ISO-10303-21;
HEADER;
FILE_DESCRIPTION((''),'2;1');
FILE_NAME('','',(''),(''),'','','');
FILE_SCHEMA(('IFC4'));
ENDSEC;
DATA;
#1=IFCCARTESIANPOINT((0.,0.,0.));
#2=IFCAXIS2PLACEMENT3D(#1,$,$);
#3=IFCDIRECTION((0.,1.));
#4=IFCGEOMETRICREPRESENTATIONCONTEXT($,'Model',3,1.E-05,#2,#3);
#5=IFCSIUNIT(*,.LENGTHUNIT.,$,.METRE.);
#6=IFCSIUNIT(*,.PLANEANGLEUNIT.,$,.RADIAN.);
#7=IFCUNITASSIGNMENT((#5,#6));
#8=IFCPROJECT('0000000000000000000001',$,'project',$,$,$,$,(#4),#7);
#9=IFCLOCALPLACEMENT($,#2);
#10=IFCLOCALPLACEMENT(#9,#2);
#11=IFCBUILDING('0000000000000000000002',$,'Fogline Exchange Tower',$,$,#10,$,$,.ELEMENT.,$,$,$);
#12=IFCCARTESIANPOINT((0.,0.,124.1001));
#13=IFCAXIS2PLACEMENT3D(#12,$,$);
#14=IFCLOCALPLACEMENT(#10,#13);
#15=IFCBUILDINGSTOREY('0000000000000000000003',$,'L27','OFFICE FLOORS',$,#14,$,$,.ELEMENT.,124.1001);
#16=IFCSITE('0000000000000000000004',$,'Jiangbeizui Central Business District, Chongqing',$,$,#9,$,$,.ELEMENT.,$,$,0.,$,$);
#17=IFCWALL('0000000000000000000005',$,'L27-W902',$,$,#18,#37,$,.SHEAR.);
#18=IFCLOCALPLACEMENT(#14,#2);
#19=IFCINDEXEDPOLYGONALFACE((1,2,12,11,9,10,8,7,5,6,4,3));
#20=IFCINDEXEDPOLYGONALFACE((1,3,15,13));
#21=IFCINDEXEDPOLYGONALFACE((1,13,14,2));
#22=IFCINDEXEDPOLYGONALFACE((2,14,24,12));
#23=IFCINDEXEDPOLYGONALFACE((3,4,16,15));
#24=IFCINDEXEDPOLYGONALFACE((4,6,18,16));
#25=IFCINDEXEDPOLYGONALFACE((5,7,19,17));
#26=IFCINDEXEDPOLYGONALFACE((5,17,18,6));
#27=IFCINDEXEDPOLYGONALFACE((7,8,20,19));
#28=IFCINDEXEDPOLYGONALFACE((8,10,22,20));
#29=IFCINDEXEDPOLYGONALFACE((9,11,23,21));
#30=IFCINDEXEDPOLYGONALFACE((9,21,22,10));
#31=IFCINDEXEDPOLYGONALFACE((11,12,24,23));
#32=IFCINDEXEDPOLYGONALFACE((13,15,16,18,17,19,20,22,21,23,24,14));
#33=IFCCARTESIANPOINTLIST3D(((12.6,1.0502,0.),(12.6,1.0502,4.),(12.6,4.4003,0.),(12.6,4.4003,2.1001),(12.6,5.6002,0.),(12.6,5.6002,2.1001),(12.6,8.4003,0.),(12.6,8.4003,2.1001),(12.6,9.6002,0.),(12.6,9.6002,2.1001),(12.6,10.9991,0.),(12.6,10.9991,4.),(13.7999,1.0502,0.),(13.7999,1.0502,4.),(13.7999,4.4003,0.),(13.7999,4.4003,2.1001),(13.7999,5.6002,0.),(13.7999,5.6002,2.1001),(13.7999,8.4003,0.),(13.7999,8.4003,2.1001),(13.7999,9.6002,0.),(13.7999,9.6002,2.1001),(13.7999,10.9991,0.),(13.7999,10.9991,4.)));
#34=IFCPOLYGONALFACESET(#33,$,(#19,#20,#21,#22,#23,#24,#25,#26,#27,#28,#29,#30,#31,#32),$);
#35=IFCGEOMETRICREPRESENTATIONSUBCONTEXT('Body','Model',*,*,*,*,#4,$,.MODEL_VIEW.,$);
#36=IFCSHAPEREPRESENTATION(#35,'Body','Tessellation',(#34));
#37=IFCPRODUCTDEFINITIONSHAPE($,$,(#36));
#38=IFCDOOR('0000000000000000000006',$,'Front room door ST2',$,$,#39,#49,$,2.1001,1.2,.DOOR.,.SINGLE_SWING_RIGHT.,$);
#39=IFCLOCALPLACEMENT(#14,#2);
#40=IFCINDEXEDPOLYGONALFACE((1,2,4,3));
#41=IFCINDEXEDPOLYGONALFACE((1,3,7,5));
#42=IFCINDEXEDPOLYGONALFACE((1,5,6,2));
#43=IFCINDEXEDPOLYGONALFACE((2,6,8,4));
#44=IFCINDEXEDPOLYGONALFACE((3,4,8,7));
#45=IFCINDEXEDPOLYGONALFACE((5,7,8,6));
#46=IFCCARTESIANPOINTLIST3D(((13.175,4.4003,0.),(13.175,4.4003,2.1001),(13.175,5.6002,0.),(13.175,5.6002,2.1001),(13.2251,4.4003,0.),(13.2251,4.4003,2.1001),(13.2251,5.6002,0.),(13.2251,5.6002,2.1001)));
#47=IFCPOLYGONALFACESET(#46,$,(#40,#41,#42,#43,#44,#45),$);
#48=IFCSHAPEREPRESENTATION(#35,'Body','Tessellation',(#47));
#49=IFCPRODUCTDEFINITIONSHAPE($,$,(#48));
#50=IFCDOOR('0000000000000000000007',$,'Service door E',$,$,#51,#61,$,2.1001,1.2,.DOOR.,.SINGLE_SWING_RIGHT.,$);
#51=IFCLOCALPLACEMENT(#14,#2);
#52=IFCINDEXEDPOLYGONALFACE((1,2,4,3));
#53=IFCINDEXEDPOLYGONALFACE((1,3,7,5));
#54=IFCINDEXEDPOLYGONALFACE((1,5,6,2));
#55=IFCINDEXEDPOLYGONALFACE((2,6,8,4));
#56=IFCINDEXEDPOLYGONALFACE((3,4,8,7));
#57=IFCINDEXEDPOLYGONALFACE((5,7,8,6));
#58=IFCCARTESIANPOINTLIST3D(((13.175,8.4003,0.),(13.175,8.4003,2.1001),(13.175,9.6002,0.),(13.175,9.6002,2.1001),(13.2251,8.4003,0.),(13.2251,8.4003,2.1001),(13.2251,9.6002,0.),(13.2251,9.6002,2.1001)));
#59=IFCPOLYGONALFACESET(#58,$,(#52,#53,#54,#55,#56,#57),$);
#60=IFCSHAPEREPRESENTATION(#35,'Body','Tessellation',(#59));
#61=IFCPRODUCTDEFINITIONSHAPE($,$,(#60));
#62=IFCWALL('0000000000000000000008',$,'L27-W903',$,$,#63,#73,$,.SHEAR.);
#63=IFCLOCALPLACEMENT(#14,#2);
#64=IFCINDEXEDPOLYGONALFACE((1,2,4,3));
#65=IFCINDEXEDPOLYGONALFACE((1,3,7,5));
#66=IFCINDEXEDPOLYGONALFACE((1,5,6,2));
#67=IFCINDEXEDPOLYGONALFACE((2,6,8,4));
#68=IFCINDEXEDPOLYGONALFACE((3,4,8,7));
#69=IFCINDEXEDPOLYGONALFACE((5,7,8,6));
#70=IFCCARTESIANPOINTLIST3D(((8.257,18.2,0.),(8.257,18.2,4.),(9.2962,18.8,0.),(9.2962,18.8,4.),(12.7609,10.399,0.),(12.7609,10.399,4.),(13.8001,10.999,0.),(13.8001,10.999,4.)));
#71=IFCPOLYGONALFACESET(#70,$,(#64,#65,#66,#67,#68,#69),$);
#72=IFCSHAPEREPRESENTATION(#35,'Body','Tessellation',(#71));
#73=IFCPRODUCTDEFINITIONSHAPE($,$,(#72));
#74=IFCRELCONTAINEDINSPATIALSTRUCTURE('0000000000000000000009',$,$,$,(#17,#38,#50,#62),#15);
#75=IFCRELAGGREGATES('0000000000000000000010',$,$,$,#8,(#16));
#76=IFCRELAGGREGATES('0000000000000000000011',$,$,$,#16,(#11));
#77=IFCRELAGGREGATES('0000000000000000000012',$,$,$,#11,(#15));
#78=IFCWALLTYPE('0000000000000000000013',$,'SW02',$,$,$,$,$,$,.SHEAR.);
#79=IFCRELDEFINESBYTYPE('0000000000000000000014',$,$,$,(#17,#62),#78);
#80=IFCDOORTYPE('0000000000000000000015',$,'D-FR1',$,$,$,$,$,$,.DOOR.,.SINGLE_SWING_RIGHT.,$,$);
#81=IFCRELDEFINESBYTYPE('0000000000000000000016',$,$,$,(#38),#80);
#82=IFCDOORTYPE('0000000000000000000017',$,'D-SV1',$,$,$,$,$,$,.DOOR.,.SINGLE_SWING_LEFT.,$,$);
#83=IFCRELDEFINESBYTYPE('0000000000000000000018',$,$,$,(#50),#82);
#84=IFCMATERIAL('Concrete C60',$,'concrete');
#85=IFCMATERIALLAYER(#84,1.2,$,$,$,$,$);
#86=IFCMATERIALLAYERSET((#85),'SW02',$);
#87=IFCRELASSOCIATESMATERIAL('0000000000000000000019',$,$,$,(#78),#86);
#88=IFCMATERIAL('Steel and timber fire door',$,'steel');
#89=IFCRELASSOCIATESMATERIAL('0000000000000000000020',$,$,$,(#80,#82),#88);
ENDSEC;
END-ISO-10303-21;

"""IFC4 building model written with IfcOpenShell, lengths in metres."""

from ifc_helpers import new_model, si_unit, direction, frame, frame_2d, origin, place, context, subcontext, project, spatial, rectangle, extrude, material, layer, layer_set, type_object, element, fill, save


model = new_model("IFC4")

# Units and contexts
model_context = context("Model", 3, precision=1e-05, world=origin(), true_north=direction((0.0, 1.0)))
body_context = subcontext(model_context, "Body", "Model", "MODEL_VIEW")
ifc_project = project(units=[si_unit("LENGTHUNIT", "METRE"), si_unit("PLANEANGLEUNIT", "RADIAN")], contexts=[model_context])

# Site, building, storey
site_placement = place(None, origin())
site = spatial("IfcSite", under=ifc_project, at=site_placement, Name="Jiangbeizui Central Business District, Chongqing", CompositionType="ELEMENT", RefElevation=0.0)
building_placement = place(site_placement, origin())
building = spatial("IfcBuilding", under=site, at=building_placement, Name="Fogline Exchange Tower", CompositionType="ELEMENT")
storey_placement = place(building_placement, frame((0.0, 0.0, 124.1001)))
storey = spatial("IfcBuildingStorey", under=building, at=storey_placement, Name="L27", Description="OFFICE FLOORS", CompositionType="ELEMENT", Elevation=124.1001)

# Shared definitions
ifc_material_1 = material(Name="Steel and timber fire door", Category="steel")

# Wall, openings, doors
ifc_material_2 = material(Name="Concrete C60", Category="concrete")
ifc_layer_1 = layer(ifc_material_2, 1.2)
ifc_layer_set_1 = layer_set([ifc_layer_1], Name="SW02")
wall_type_1 = type_object("IfcWallType", Name="SW02", PredefinedType="SHEAR", material=ifc_layer_set_1)
wall_1_placement = place(storey_placement, frame((13.2, 1.05, 0.0), z_axis=(0.0, 0.0, 1.0), x_axis=(0.0, 1.0, 0.0)))
wall_1 = element("IfcWall", 1, at=wall_1_placement, inside=storey, type_object=wall_type_1, Name="L27-W902", PredefinedType="SHEAR", context=body_context, shape_type="SweptSolid", body=[
    extrude(rectangle(XDim=9.949, YDim=1.2, at=frame_2d((4.9746, 0.0))), origin(), (0.0, 0.0, 1.0), 4.0),
])
opening_1_placement = place(wall_1_placement, frame((3.3501, 0.0, 0.0)))
opening_1 = element("IfcOpeningElement", 2, at=opening_1_placement, cuts=wall_1, PredefinedType="OPENING", context=body_context, shape_type="SweptSolid", body=[
    extrude(rectangle(XDim=1.2, YDim=2.1001, at=frame_2d((0.6001, 1.05))), frame((0.0, 0.6099, 0.0), z_axis=(0.0, -1.0, 0.0), x_axis=(1.0, 0.0, 0.0)), (0.0, 0.0, 1.0), 1.22),
])
opening_2_placement = place(wall_1_placement, frame((7.3501, 0.0, 0.0)))
opening_2 = element("IfcOpeningElement", 3, at=opening_2_placement, cuts=wall_1, PredefinedType="OPENING", context=body_context, shape_type="SweptSolid", body=[
    extrude(rectangle(XDim=1.2, YDim=2.1001, at=frame_2d((0.6001, 1.05))), frame((0.0, 0.6099, 0.0), z_axis=(0.0, -1.0, 0.0), x_axis=(1.0, 0.0, 0.0)), (0.0, 0.0, 1.0), 1.22),
])
door_type_1 = type_object("IfcDoorType", Name="D-FR1", OperationType="SINGLE_SWING_RIGHT", PredefinedType="DOOR", material=ifc_material_1)
door_1_placement = place(opening_1_placement, origin())
door_1 = element("IfcDoor", 4, at=door_1_placement, inside=storey, type_object=door_type_1, Name="Front room door ST2", OperationType="SINGLE_SWING_RIGHT", OverallHeight=2.1001, OverallWidth=1.2, PredefinedType="DOOR", context=body_context, shape_type="SweptSolid", body=[
    extrude(rectangle(XDim=1.2, YDim=2.1001, at=frame_2d((0.6001, 1.05))), frame((0.0, 0.0249, 0.0), z_axis=(0.0, -1.0, 0.0), x_axis=(1.0, 0.0, 0.0)), (0.0, 0.0, 1.0), 0.05),
])
fill(opening_1, door_1)
door_type_2 = type_object("IfcDoorType", Name="D-SV1", OperationType="SINGLE_SWING_LEFT", PredefinedType="DOOR", material=ifc_material_1)
door_2_placement = place(opening_2_placement, origin())
door_2 = element("IfcDoor", 5, at=door_2_placement, inside=storey, type_object=door_type_2, Name="Service door E", OperationType="SINGLE_SWING_RIGHT", OverallHeight=2.1001, OverallWidth=1.2, PredefinedType="DOOR", context=body_context, shape_type="SweptSolid", body=[
    extrude(rectangle(XDim=1.2, YDim=2.1001, at=frame_2d((0.6001, 1.05))), frame((0.0, 0.0249, 0.0), z_axis=(0.0, -1.0, 0.0), x_axis=(1.0, 0.0, 0.0)), (0.0, 0.0, 1.0), 0.05),
])
fill(opening_2, door_2)

# Wall
wall_2_placement = place(storey_placement, frame((13.2805, 10.699, 0.0), z_axis=(0.0, 0.0, 1.0), x_axis=(-0.499999, 0.866026, 0.0)))
element("IfcWall", 6, at=wall_2_placement, inside=storey, type_object=wall_type_1, Name="L27-W903", PredefinedType="SHEAR", context=body_context, shape_type="SweptSolid", body=[
    extrude(rectangle(XDim=9.0078, YDim=1.2, at=frame_2d((4.5039, 0.0))), origin(), (0.0, 0.0, 1.0), 4.0),
])

save(model, "model.ifc")
